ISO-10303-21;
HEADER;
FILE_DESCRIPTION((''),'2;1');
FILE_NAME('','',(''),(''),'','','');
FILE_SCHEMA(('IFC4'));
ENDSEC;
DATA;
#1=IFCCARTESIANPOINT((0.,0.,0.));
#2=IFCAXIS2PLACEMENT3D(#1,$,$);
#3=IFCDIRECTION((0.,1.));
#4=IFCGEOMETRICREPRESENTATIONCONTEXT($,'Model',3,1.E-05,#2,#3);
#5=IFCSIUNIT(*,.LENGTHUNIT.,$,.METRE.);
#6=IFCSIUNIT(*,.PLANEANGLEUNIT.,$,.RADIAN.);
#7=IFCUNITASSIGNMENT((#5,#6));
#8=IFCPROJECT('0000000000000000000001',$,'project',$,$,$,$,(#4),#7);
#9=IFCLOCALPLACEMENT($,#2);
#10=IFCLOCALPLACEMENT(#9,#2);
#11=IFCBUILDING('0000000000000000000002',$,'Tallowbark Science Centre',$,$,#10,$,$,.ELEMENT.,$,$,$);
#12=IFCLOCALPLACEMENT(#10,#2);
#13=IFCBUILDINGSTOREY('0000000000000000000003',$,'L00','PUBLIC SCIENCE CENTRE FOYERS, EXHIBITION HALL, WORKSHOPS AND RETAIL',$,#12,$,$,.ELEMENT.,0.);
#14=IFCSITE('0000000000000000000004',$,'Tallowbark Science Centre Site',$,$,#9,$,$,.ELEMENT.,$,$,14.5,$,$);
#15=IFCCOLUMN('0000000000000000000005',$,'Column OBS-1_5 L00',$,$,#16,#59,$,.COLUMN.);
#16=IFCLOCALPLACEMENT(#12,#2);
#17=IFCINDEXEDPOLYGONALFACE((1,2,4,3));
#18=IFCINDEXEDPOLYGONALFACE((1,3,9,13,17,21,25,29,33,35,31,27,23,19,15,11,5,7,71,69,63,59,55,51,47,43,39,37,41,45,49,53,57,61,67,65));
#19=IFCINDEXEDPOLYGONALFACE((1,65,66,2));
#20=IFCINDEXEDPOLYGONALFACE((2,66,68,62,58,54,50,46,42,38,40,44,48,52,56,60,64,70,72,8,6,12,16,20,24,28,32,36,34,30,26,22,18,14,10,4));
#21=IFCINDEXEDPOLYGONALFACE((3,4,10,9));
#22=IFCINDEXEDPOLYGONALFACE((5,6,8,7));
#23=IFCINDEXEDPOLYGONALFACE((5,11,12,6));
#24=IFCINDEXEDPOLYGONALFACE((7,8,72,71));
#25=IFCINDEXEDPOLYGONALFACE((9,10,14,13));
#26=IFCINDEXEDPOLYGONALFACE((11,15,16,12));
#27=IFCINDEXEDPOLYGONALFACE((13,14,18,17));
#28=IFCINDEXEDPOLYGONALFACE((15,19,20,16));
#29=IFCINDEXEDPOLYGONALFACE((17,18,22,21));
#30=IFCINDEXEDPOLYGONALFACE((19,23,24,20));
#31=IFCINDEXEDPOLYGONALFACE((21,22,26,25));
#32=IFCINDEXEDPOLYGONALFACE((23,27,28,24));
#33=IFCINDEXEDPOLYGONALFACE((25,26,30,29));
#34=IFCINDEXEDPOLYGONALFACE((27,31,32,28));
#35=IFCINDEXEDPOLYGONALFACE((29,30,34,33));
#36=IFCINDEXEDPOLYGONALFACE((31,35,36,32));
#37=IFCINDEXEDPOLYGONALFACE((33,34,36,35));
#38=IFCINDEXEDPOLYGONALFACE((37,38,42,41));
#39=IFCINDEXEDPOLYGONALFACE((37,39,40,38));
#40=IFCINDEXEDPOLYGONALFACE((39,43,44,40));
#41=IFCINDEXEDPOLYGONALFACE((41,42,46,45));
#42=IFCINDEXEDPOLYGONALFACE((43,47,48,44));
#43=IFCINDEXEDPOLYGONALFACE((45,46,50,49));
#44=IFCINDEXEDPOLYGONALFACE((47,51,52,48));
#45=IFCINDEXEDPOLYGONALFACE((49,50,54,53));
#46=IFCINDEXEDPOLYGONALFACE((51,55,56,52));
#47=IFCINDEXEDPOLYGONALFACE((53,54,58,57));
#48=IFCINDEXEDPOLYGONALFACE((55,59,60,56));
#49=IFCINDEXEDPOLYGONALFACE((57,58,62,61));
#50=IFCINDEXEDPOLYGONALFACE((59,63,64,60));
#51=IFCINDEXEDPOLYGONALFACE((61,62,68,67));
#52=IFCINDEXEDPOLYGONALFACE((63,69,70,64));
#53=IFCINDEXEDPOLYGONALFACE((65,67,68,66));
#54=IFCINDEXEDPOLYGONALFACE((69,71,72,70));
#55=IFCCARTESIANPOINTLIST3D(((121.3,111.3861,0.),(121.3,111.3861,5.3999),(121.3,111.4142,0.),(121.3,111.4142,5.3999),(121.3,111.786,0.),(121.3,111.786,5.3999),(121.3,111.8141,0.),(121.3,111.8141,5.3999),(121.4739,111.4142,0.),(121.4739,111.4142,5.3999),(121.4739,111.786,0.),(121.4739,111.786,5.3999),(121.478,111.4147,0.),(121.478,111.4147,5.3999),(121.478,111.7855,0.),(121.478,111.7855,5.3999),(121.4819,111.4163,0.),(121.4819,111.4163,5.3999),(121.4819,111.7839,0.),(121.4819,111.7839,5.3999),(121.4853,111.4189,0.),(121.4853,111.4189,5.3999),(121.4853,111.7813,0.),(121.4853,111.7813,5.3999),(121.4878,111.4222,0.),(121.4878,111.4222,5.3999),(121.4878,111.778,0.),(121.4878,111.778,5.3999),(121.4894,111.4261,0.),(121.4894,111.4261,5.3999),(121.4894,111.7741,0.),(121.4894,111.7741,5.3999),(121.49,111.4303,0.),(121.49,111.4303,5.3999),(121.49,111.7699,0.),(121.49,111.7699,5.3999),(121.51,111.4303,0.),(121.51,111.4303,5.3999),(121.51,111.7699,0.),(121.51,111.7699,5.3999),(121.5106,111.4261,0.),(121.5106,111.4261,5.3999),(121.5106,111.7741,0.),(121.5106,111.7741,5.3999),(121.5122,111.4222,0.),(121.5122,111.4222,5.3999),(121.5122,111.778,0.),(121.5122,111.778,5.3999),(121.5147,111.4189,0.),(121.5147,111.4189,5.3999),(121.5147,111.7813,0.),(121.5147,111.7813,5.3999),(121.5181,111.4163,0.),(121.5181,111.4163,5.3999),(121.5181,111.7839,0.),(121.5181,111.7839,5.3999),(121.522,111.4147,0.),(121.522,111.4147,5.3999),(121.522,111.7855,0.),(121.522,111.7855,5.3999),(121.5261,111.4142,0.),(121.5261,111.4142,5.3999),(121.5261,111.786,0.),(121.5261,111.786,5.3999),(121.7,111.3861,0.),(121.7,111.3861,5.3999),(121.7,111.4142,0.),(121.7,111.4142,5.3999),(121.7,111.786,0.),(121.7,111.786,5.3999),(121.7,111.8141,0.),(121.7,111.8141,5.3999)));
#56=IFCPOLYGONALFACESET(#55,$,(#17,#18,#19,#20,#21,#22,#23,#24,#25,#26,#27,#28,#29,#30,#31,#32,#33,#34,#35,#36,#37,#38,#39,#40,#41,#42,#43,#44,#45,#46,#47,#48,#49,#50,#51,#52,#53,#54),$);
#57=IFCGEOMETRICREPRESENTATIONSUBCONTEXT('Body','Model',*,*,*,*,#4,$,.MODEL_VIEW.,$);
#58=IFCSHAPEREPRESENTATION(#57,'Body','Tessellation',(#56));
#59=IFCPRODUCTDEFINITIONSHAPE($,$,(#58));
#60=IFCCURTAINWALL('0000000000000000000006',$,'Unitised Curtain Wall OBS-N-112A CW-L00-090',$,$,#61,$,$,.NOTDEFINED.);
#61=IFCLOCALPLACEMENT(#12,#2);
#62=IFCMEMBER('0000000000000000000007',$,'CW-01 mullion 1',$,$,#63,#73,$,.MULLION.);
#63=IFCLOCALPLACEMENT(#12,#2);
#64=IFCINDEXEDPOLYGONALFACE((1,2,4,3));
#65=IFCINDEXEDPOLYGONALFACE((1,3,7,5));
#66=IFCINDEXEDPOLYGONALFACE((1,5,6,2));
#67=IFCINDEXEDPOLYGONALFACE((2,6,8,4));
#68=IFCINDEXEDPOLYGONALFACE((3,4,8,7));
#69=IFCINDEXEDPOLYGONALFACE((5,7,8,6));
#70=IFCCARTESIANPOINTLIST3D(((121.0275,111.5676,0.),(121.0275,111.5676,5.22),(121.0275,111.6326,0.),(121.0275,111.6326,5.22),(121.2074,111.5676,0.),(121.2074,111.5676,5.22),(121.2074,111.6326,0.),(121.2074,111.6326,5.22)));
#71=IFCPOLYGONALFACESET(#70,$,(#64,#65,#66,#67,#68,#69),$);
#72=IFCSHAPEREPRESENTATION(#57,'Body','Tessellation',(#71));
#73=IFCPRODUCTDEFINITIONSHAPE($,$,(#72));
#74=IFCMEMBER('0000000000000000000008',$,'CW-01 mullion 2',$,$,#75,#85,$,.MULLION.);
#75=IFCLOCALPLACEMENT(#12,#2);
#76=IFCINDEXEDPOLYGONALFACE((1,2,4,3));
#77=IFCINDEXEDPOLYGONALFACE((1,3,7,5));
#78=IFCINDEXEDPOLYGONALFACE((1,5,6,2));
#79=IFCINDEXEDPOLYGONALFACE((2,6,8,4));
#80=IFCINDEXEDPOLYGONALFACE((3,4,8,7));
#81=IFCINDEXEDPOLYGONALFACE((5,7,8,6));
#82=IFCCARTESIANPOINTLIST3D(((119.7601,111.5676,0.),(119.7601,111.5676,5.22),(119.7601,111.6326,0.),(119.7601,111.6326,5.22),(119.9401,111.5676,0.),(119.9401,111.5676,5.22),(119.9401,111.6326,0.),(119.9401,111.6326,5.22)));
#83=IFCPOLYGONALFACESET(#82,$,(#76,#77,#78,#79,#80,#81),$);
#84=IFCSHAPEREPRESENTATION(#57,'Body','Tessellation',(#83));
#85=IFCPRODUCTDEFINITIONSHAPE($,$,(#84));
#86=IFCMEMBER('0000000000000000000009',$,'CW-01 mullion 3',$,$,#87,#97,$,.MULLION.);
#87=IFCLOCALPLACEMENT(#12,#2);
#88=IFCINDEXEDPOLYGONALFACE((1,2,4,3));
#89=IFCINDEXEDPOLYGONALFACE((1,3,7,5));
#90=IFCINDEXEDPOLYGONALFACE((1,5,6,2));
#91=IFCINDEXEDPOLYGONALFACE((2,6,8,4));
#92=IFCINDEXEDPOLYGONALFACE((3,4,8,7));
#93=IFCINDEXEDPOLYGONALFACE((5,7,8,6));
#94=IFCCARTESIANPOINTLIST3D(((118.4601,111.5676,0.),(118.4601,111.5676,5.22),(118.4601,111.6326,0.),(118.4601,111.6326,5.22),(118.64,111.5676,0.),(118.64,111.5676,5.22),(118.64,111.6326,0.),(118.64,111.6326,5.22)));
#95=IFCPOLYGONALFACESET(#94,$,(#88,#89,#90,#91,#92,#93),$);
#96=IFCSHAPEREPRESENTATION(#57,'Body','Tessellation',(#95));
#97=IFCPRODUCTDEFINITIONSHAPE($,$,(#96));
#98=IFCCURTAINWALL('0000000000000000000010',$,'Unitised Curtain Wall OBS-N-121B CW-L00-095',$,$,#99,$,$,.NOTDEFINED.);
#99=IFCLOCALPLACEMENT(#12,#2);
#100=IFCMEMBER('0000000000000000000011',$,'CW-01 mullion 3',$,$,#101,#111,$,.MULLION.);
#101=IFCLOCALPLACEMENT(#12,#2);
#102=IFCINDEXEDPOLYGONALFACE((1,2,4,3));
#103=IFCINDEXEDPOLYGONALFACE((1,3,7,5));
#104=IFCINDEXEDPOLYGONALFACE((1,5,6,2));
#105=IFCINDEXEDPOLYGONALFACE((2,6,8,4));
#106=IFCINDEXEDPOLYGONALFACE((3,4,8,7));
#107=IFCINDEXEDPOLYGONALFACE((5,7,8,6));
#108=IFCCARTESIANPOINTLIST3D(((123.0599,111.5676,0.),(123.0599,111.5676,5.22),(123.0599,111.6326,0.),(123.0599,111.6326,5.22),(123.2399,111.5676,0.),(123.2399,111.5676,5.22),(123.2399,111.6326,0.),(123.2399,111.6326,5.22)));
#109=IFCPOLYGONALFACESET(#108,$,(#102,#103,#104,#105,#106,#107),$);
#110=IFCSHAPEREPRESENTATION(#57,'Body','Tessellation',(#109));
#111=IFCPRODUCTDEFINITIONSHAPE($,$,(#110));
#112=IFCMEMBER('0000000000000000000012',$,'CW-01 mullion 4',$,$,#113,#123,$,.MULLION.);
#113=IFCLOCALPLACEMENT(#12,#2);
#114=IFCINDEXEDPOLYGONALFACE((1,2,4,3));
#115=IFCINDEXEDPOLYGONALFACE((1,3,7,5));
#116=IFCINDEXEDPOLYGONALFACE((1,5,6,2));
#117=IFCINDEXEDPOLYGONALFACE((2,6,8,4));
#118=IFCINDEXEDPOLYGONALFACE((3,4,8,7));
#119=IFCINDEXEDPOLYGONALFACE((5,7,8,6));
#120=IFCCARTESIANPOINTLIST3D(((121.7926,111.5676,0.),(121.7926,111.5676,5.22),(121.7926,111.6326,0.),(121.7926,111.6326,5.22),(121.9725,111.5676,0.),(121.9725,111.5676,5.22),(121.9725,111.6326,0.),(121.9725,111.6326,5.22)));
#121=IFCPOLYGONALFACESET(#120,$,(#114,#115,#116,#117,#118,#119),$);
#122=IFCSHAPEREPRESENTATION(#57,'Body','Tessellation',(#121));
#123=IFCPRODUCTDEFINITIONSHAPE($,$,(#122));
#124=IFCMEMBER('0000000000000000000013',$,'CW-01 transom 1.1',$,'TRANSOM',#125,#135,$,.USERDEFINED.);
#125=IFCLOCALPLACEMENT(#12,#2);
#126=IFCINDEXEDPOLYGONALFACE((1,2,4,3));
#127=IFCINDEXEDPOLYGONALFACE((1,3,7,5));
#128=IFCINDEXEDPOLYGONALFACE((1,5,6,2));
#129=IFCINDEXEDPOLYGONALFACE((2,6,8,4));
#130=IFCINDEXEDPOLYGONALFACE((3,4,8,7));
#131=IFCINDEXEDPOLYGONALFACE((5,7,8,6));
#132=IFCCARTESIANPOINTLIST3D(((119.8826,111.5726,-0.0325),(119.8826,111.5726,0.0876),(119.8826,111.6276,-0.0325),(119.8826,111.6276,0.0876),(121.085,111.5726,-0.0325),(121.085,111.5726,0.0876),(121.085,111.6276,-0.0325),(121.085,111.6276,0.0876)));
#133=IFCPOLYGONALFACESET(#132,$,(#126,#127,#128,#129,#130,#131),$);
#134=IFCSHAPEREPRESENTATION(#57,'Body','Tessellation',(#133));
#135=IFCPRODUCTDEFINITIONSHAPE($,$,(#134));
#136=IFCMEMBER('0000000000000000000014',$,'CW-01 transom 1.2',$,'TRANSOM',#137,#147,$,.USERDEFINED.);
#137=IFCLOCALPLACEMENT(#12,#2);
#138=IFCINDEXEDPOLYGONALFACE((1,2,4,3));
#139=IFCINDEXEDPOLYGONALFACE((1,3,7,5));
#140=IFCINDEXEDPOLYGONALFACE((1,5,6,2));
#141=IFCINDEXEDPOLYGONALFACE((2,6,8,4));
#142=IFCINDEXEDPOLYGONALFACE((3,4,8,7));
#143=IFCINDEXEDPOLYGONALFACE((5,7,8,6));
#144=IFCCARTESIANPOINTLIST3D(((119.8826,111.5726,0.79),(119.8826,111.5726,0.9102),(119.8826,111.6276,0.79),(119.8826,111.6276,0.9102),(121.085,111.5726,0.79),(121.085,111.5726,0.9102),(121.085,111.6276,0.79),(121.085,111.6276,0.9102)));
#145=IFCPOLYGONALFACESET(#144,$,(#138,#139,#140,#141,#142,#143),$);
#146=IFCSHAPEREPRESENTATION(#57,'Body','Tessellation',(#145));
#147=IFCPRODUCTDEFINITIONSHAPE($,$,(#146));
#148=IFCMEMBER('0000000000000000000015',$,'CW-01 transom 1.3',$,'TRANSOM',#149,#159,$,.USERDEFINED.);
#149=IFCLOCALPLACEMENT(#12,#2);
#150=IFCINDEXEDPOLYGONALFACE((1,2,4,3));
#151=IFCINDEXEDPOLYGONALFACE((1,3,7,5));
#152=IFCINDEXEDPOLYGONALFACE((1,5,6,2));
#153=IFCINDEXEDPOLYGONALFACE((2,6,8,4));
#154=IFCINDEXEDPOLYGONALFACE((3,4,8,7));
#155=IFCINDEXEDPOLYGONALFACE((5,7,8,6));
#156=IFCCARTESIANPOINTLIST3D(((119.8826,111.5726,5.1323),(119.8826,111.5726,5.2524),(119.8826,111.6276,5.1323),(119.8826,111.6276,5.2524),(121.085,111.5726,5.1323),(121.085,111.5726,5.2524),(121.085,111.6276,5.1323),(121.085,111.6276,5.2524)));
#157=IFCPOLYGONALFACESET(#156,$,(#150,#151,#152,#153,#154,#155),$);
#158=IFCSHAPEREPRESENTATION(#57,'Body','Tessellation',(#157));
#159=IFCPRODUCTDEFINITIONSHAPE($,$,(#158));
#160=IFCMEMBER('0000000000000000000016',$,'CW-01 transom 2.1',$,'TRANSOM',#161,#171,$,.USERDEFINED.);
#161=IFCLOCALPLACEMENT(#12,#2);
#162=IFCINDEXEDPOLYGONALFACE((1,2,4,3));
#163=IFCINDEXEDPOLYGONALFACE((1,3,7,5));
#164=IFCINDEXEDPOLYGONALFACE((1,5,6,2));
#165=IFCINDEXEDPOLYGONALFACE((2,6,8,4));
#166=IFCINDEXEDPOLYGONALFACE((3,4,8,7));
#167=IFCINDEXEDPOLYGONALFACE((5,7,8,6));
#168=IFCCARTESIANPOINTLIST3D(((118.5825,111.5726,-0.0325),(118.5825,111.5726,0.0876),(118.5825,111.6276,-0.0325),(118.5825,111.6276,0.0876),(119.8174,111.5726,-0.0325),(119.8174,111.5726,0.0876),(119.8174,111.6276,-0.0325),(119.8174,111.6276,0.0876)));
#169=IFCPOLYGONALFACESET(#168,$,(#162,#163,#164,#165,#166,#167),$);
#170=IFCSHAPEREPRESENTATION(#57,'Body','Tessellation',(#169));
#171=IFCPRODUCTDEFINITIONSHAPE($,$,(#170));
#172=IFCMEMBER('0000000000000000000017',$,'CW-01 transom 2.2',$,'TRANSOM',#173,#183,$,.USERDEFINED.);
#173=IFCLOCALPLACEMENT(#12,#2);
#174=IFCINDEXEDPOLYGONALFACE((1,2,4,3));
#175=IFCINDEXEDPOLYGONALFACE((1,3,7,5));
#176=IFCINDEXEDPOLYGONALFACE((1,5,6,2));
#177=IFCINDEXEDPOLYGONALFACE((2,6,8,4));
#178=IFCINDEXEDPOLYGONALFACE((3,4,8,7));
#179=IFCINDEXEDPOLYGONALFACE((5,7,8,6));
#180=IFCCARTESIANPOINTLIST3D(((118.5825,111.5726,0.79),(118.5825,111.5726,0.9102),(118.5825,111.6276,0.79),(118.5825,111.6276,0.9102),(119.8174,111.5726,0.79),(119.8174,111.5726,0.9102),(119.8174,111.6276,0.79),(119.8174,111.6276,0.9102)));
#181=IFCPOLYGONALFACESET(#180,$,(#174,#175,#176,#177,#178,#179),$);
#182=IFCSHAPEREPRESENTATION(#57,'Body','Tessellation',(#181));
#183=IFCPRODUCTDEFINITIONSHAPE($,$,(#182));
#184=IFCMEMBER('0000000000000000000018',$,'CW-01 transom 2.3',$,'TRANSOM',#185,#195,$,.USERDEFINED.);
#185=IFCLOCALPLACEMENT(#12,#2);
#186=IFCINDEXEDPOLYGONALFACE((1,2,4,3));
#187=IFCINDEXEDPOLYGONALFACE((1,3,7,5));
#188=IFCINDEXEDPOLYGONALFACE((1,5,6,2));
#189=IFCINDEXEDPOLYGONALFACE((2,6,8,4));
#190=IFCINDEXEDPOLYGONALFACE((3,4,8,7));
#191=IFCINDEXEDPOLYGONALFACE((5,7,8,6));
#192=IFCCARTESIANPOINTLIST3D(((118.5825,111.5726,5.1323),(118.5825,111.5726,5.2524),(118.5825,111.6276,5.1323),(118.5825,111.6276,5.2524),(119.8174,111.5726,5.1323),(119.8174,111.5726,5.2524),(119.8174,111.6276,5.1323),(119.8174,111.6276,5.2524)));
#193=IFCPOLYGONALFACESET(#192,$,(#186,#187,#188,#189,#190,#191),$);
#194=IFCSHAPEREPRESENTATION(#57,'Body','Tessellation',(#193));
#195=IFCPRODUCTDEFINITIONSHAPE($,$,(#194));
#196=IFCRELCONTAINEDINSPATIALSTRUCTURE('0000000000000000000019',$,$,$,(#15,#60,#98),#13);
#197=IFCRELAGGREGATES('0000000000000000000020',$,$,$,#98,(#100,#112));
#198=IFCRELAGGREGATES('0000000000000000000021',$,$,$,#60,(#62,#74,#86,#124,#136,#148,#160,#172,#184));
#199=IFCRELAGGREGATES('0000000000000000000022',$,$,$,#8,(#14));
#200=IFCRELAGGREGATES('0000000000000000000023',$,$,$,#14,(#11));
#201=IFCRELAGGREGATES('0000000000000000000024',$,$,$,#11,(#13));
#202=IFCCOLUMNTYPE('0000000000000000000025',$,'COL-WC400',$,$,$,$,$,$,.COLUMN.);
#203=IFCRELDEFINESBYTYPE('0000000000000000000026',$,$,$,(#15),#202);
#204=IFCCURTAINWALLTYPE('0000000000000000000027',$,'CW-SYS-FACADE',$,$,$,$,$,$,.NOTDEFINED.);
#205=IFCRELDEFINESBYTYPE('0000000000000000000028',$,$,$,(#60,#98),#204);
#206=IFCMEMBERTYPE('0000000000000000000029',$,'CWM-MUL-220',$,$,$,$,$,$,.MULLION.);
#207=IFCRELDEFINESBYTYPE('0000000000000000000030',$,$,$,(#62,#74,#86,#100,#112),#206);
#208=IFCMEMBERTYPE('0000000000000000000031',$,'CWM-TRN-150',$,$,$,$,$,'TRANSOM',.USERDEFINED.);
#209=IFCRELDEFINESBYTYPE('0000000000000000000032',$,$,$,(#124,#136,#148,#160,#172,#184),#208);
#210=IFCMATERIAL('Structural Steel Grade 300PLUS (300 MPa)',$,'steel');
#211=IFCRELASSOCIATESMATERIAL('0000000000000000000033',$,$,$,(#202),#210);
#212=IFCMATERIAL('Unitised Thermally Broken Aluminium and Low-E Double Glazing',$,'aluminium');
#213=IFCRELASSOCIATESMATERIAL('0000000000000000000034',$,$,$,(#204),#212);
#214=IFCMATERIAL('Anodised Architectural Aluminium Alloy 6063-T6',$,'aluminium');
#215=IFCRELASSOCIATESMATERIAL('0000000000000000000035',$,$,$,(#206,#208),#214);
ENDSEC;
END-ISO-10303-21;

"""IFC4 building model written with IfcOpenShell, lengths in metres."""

from ifc_helpers import new_model, si_unit, direction, frame, origin, origin_2d, place, context, subcontext, project, spatial, rectangle, i_section, extrude, material, material_profile, profile_set, type_object, element, aggregate, save


model = new_model("IFC4")

# Units and contexts
model_context = context("Model", 3, precision=1e-05, world=origin(), true_north=direction((0.0, 1.0)))
body_context = subcontext(model_context, "Body", "Model", "MODEL_VIEW")
ifc_project = project(units=[si_unit("LENGTHUNIT", "METRE"), si_unit("PLANEANGLEUNIT", "RADIAN")], contexts=[model_context])

# Site, building, storey
site_placement = place(None, origin())
site = spatial("IfcSite", under=ifc_project, at=site_placement, Name="Tallowbark Science Centre Site", CompositionType="ELEMENT", RefElevation=14.5)
building_placement = place(site_placement, origin())
building = spatial("IfcBuilding", under=site, at=building_placement, Name="Tallowbark Science Centre", CompositionType="ELEMENT")
storey_placement = place(building_placement, origin())
storey = spatial("IfcBuildingStorey", under=building, at=storey_placement, Name="L00", Description="PUBLIC SCIENCE CENTRE FOYERS, EXHIBITION HALL, WORKSHOPS AND RETAIL", CompositionType="ELEMENT", Elevation=0.0)

# Column
ifc_material_1 = material(Name="Structural Steel Grade 300PLUS (300 MPa)", Category="steel")
ifc_material_profile_1 = material_profile(ifc_material_1, i_section(OverallWidth=0.3999, OverallDepth=0.428, WebThickness=0.02, FlangeThickness=0.0281, FilletRadius=0.0161, at=origin_2d()), Name="400WC270")
ifc_profile_set_1 = profile_set([ifc_material_profile_1], Name="Structural Steel Grade 300PLUS (300 MPa)")
column_type = type_object("IfcColumnType", Name="COL-WC400", PredefinedType="COLUMN", material=ifc_profile_set_1)
column_placement = place(storey_placement, frame((121.5, 111.6001, 0.0), z_axis=(0.0, 0.0, 1.0), x_axis=(1.0, 0.0, 0.0)))
element("IfcColumn", 1, at=column_placement, inside=storey, type_object=column_type, Name="Column OBS-1_5 L00", PredefinedType="COLUMN", context=body_context, shape_type="SweptSolid", body=[
    extrude(i_section(OverallWidth=0.3999, OverallDepth=0.428, WebThickness=0.02, FlangeThickness=0.0281, FilletRadius=0.0161, at=origin_2d()), origin(), (0.0, 0.0, 1.0), 5.3999),
])

# Curtain walls, members
ifc_material_2 = material(Name="Unitised Thermally Broken Aluminium and Low-E Double Glazing", Category="aluminium")
curtain_wall_type = type_object("IfcCurtainWallType", Name="CW-SYS-FACADE", PredefinedType="NOTDEFINED", material=ifc_material_2)
curtain_wall_1_placement = place(storey_placement, origin())
curtain_wall_1 = element("IfcCurtainWall", 2, at=curtain_wall_1_placement, inside=storey, type_object=curtain_wall_type, Name="Unitised Curtain Wall OBS-N-112A CW-L00-090", PredefinedType="NOTDEFINED")
ifc_material_3 = material(Name="Anodised Architectural Aluminium Alloy 6063-T6", Category="aluminium")
ifc_material_profile_2 = material_profile(ifc_material_3, rectangle(XDim=0.0649, YDim=0.1799, at=origin_2d()), Name="ALU65x180")
ifc_profile_set_2 = profile_set([ifc_material_profile_2], Name="Anodised Architectural Aluminium Alloy 6063-T6")
member_type_1 = type_object("IfcMemberType", Name="CWM-MUL-220", PredefinedType="MULLION", material=ifc_profile_set_2)
member_1_placement = place(storey_placement, frame((121.1174, 111.6001, 0.0), z_axis=(0.0, 0.0, 1.0), x_axis=(0.0, -1.0, 0.0)))
member_1 = element("IfcMember", 3, at=member_1_placement, type_object=member_type_1, Name="CW-01 mullion 1", PredefinedType="MULLION", context=body_context, shape_type="SweptSolid", body=[
    extrude(rectangle(XDim=0.0649, YDim=0.1799, at=origin_2d()), origin(), (0.0, 0.0, 1.0), 5.22),
])
member_2_placement = place(storey_placement, frame((119.8501, 111.6001, 0.0), z_axis=(0.0, 0.0, 1.0), x_axis=(0.0, -1.0, 0.0)))
member_2 = element("IfcMember", 4, at=member_2_placement, type_object=member_type_1, Name="CW-01 mullion 2", PredefinedType="MULLION", context=body_context, shape_type="SweptSolid", body=[
    extrude(rectangle(XDim=0.0649, YDim=0.1799, at=origin_2d()), origin(), (0.0, 0.0, 1.0), 5.22),
])
member_3_placement = place(storey_placement, frame((118.55, 111.6001, 0.0), z_axis=(0.0, 0.0, 1.0), x_axis=(0.0, -1.0, 0.0)))
member_3 = element("IfcMember", 5, at=member_3_placement, type_object=member_type_1, Name="CW-01 mullion 3", PredefinedType="MULLION", context=body_context, shape_type="SweptSolid", body=[
    extrude(rectangle(XDim=0.0649, YDim=0.1799, at=origin_2d()), origin(), (0.0, 0.0, 1.0), 5.22),
])
curtain_wall_2_placement = place(storey_placement, origin())
curtain_wall_2 = element("IfcCurtainWall", 6, at=curtain_wall_2_placement, inside=storey, type_object=curtain_wall_type, Name="Unitised Curtain Wall OBS-N-121B CW-L00-095", PredefinedType="NOTDEFINED")
member_4_placement = place(storey_placement, frame((123.1499, 111.6001, 0.0), z_axis=(0.0, 0.0, 1.0), x_axis=(0.0, -1.0, 0.0)))
member_4 = element("IfcMember", 7, at=member_4_placement, type_object=member_type_1, Name="CW-01 mullion 3", PredefinedType="MULLION", context=body_context, shape_type="SweptSolid", body=[
    extrude(rectangle(XDim=0.0649, YDim=0.1799, at=origin_2d()), origin(), (0.0, 0.0, 1.0), 5.22),
])
member_5_placement = place(storey_placement, frame((121.8826, 111.6001, 0.0), z_axis=(0.0, 0.0, 1.0), x_axis=(0.0, -1.0, 0.0)))
member_5 = element("IfcMember", 8, at=member_5_placement, type_object=member_type_1, Name="CW-01 mullion 4", PredefinedType="MULLION", context=body_context, shape_type="SweptSolid", body=[
    extrude(rectangle(XDim=0.0649, YDim=0.1799, at=origin_2d()), origin(), (0.0, 0.0, 1.0), 5.22),
])

# Members
ifc_material_profile_3 = material_profile(ifc_material_3, rectangle(XDim=0.0549, YDim=0.1201, at=origin_2d()), Name="ALU55x120")
ifc_profile_set_3 = profile_set([ifc_material_profile_3], Name="Anodised Architectural Aluminium Alloy 6063-T6")
member_type_2 = type_object("IfcMemberType", Name="CWM-TRN-150", ElementType="TRANSOM", PredefinedType="USERDEFINED", material=ifc_profile_set_3)
member_6_placement = place(storey_placement, frame((121.085, 111.6001, 0.0276), z_axis=(-1.0, 0.0, 0.0), x_axis=(0.0, -1.0, 0.0)))
member_6 = element("IfcMember", 9, at=member_6_placement, type_object=member_type_2, Name="CW-01 transom 1.1", ObjectType="TRANSOM", PredefinedType="USERDEFINED", context=body_context, shape_type="SweptSolid", body=[
    extrude(rectangle(XDim=0.0549, YDim=0.1201, at=origin_2d()), origin(), (0.0, 0.0, 1.0), 1.2024),
])
member_7_placement = place(storey_placement, frame((121.085, 111.6001, 0.8501), z_axis=(-1.0, 0.0, 0.0), x_axis=(0.0, -1.0, 0.0)))
member_7 = element("IfcMember", 10, at=member_7_placement, type_object=member_type_2, Name="CW-01 transom 1.2", ObjectType="TRANSOM", PredefinedType="USERDEFINED", context=body_context, shape_type="SweptSolid", body=[
    extrude(rectangle(XDim=0.0549, YDim=0.1201, at=origin_2d()), origin(), (0.0, 0.0, 1.0), 1.2024),
])
member_8_placement = place(storey_placement, frame((121.085, 111.6001, 5.1924), z_axis=(-1.0, 0.0, 0.0), x_axis=(0.0, -1.0, 0.0)))
member_8 = element("IfcMember", 11, at=member_8_placement, type_object=member_type_2, Name="CW-01 transom 1.3", ObjectType="TRANSOM", PredefinedType="USERDEFINED", context=body_context, shape_type="SweptSolid", body=[
    extrude(rectangle(XDim=0.0549, YDim=0.1201, at=origin_2d()), origin(), (0.0, 0.0, 1.0), 1.2024),
])
member_9_placement = place(storey_placement, frame((119.8174, 111.6001, 0.0276), z_axis=(-1.0, 0.0, 0.0), x_axis=(0.0, -1.0, 0.0)))
member_9 = element("IfcMember", 12, at=member_9_placement, type_object=member_type_2, Name="CW-01 transom 2.1", ObjectType="TRANSOM", PredefinedType="USERDEFINED", context=body_context, shape_type="SweptSolid", body=[
    extrude(rectangle(XDim=0.0549, YDim=0.1201, at=origin_2d()), origin(), (0.0, 0.0, 1.0), 1.2349),
])
member_10_placement = place(storey_placement, frame((119.8174, 111.6001, 0.8501), z_axis=(-1.0, 0.0, 0.0), x_axis=(0.0, -1.0, 0.0)))
member_10 = element("IfcMember", 13, at=member_10_placement, type_object=member_type_2, Name="CW-01 transom 2.2", ObjectType="TRANSOM", PredefinedType="USERDEFINED", context=body_context, shape_type="SweptSolid", body=[
    extrude(rectangle(XDim=0.0549, YDim=0.1201, at=origin_2d()), origin(), (0.0, 0.0, 1.0), 1.2349),
])
member_11_placement = place(storey_placement, frame((119.8174, 111.6001, 5.1924), z_axis=(-1.0, 0.0, 0.0), x_axis=(0.0, -1.0, 0.0)))
member_11 = element("IfcMember", 14, at=member_11_placement, type_object=member_type_2, Name="CW-01 transom 2.3", ObjectType="TRANSOM", PredefinedType="USERDEFINED", context=body_context, shape_type="SweptSolid", body=[
    extrude(rectangle(XDim=0.0549, YDim=0.1201, at=origin_2d()), origin(), (0.0, 0.0, 1.0), 1.2349),
])

aggregate(curtain_wall_2, [member_4, member_5])
aggregate(curtain_wall_1, [member_1, member_2, member_3, member_6, member_7, member_8, member_9, member_10, member_11])

save(model, "model.ifc")
